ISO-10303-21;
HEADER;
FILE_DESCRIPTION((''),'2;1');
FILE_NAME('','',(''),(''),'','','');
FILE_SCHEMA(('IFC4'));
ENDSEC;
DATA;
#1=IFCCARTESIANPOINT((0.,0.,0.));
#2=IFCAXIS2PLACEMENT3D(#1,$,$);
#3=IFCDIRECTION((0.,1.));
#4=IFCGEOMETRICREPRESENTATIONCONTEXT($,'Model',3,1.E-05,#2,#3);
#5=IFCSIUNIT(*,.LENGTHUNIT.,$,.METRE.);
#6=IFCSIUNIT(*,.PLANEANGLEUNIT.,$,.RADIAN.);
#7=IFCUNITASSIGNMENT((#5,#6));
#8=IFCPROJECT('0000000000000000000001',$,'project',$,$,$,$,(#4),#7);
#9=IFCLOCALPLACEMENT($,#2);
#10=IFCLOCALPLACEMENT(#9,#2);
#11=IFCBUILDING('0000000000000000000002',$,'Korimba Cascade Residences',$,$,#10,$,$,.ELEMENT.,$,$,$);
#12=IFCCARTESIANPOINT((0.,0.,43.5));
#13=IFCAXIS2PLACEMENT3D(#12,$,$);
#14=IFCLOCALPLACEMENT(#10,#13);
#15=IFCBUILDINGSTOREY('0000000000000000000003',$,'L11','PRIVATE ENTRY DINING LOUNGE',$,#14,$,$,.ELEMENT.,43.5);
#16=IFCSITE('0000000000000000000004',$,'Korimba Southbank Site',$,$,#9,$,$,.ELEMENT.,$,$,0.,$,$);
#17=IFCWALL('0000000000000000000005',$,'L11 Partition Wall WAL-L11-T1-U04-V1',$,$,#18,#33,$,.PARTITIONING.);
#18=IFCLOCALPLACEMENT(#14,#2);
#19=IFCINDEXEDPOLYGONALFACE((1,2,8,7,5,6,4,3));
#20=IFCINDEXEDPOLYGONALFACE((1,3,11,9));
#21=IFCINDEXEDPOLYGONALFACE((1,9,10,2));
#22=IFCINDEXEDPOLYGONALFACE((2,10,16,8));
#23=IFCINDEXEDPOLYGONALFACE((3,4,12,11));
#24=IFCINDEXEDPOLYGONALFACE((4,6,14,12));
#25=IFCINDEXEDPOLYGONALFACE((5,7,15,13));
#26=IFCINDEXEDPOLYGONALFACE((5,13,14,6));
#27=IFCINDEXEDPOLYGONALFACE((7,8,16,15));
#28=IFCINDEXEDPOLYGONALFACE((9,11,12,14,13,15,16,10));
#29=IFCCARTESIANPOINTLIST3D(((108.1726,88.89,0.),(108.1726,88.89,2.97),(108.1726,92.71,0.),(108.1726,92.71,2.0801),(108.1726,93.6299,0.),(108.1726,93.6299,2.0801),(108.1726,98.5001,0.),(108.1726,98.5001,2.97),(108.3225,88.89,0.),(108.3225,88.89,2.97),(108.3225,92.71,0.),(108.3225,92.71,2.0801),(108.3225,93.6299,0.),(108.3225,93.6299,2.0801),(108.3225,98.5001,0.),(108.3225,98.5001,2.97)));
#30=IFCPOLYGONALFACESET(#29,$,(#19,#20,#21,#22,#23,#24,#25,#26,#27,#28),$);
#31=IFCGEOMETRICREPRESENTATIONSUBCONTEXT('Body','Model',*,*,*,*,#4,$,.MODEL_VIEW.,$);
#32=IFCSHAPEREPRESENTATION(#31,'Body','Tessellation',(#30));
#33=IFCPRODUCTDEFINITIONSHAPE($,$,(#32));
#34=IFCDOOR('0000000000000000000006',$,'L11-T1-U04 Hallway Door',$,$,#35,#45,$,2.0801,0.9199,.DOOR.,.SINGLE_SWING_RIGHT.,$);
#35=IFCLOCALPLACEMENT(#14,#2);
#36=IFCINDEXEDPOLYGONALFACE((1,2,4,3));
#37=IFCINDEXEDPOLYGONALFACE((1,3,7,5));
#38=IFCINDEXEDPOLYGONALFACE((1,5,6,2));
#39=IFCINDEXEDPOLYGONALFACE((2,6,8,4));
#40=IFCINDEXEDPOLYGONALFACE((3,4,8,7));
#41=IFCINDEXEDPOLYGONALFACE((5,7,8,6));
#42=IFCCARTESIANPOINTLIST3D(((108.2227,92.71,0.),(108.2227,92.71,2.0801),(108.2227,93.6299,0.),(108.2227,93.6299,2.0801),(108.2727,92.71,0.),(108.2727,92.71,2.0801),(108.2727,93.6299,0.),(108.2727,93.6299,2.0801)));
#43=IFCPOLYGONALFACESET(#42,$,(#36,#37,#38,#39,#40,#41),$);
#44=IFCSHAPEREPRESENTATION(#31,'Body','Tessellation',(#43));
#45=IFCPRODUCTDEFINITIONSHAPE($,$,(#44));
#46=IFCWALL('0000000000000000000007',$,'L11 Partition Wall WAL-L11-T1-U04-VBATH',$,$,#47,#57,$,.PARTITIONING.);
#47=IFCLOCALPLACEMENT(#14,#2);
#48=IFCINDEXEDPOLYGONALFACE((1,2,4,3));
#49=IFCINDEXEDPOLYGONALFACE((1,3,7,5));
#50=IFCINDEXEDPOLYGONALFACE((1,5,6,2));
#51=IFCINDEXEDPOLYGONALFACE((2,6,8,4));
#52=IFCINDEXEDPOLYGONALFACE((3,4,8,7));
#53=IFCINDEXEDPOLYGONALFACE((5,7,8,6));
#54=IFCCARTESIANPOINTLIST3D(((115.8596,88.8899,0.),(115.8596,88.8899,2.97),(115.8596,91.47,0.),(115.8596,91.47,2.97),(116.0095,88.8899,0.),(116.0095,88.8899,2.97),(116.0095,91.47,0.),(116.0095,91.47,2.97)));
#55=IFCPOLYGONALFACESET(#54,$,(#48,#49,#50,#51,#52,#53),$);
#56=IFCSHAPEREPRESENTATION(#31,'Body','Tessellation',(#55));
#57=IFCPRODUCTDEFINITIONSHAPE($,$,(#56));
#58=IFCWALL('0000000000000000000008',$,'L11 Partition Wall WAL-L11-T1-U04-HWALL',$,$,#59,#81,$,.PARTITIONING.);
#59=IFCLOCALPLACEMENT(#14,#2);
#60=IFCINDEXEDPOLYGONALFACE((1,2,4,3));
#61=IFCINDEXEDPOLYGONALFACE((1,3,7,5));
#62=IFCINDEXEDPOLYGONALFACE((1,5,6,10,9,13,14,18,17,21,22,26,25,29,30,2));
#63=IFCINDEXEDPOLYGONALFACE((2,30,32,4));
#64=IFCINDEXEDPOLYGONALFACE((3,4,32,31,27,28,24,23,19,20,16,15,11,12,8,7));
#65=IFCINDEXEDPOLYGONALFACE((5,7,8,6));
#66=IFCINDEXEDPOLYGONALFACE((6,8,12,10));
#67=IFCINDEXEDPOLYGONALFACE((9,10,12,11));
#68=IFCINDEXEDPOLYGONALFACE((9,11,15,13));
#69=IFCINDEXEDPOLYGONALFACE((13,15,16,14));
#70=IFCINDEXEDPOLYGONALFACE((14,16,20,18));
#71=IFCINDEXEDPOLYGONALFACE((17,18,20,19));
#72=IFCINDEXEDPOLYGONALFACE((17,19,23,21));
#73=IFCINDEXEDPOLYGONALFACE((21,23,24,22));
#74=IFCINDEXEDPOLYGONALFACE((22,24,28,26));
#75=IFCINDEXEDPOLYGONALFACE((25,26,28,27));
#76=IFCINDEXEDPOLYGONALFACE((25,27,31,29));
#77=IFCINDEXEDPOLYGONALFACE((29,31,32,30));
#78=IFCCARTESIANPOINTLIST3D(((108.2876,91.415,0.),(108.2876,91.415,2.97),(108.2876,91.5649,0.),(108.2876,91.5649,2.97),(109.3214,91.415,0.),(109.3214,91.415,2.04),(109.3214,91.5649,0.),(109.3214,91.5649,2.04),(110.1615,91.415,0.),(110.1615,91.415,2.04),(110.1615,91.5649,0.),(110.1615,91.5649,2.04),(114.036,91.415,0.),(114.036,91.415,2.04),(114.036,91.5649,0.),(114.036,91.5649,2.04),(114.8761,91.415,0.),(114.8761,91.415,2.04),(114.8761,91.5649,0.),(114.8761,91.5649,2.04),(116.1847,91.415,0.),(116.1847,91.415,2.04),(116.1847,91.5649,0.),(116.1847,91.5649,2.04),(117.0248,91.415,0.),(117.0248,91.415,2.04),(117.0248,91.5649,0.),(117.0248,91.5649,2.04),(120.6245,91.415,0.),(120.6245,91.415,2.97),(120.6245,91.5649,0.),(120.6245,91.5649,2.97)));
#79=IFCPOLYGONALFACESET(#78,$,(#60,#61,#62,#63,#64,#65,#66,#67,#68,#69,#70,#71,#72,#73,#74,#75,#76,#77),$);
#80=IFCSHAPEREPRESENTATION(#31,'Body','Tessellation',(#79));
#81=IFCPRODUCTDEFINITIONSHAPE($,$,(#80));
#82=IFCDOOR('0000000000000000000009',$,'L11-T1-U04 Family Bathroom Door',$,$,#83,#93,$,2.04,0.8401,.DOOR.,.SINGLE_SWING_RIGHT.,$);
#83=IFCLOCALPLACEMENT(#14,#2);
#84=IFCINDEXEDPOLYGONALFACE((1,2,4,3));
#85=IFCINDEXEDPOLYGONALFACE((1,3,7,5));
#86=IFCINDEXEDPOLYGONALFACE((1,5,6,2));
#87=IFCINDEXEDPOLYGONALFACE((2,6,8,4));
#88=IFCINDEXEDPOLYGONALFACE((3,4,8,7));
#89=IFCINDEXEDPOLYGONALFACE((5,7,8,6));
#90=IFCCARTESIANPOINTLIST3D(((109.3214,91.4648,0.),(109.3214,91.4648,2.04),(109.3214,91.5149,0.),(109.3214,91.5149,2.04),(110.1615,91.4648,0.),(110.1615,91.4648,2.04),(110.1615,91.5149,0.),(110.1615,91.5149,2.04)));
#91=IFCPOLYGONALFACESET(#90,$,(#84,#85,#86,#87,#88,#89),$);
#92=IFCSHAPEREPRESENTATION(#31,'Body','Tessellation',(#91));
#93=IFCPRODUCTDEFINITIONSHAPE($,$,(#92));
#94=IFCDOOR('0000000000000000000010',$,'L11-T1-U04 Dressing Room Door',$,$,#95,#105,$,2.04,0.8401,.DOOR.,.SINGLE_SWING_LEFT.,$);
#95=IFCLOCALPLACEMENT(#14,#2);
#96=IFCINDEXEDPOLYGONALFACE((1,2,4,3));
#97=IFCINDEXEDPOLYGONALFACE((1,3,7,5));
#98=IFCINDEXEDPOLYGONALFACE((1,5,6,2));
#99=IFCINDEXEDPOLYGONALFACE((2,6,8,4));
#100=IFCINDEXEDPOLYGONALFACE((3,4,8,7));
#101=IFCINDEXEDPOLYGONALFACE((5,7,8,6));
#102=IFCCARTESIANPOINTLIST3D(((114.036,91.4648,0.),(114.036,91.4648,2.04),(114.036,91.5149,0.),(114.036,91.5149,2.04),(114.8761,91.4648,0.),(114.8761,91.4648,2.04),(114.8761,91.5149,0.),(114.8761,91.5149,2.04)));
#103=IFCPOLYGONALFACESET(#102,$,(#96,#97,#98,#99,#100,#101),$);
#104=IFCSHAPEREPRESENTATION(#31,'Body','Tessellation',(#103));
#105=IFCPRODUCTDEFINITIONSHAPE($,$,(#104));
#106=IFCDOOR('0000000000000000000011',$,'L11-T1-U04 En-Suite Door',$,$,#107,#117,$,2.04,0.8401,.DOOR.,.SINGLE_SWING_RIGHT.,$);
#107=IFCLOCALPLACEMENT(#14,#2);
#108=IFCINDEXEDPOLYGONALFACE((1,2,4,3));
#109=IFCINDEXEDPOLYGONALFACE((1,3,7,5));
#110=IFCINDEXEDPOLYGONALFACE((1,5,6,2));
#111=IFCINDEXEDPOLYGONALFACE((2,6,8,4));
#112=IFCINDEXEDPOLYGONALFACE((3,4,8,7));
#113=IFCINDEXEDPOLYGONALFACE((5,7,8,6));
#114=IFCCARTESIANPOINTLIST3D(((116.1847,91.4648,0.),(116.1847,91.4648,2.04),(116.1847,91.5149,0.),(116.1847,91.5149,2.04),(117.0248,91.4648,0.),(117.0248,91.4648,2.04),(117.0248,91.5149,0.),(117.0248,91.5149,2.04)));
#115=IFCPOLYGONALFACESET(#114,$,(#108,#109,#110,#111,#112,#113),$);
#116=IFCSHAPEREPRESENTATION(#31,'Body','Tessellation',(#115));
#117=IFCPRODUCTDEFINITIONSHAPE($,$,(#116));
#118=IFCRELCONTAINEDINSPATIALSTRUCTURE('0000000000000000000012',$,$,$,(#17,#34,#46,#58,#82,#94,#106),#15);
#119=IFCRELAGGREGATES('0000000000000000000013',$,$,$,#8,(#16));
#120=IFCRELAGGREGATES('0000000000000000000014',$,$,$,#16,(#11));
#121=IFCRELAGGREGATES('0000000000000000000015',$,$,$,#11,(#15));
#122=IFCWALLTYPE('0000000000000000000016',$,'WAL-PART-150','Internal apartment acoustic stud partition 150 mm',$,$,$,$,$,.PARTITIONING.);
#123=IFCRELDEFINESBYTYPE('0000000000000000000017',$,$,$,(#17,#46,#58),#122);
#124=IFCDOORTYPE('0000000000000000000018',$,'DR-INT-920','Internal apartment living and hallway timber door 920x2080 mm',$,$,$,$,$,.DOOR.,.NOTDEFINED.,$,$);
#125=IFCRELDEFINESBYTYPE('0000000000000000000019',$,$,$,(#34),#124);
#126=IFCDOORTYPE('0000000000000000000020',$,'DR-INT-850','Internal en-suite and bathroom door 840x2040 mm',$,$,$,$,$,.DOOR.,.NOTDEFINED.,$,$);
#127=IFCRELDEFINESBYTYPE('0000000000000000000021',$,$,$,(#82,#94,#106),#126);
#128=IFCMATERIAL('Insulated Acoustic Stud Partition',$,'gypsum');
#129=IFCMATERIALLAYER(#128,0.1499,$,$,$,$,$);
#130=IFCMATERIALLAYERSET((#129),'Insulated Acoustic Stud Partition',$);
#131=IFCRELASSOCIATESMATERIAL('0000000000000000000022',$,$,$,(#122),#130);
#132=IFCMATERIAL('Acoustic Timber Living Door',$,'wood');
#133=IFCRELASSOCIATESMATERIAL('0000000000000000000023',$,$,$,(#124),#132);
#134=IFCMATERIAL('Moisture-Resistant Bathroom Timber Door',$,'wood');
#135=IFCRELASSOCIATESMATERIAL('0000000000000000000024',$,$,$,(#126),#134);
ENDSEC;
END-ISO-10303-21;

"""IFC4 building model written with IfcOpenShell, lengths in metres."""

from ifc_helpers import new_model, si_unit, direction, frame, frame_2d, origin, place, context, subcontext, project, spatial, rectangle, extrude, material, layer, layer_set, type_object, element, fill, save


model = new_model("IFC4")

# Units and contexts
model_context = context("Model", 3, precision=1e-05, world=origin(), true_north=direction((0.0, 1.0)))
body_context = subcontext(model_context, "Body", "Model", "MODEL_VIEW")
ifc_project = project(units=[si_unit("LENGTHUNIT", "METRE"), si_unit("PLANEANGLEUNIT", "RADIAN")], contexts=[model_context])

# Site, building, storey
site_placement = place(None, origin())
site = spatial("IfcSite", under=ifc_project, at=site_placement, Name="Korimba Southbank Site", CompositionType="ELEMENT", RefElevation=0.0)
building_placement = place(site_placement, origin())
building = spatial("IfcBuilding", under=site, at=building_placement, Name="Korimba Cascade Residences", CompositionType="ELEMENT")
storey_placement = place(building_placement, frame((0.0, 0.0, 43.5)))
storey = spatial("IfcBuildingStorey", under=building, at=storey_placement, Name="L11", Description="PRIVATE ENTRY DINING LOUNGE", CompositionType="ELEMENT", Elevation=43.5)

# Shared definitions
ifc_material_1 = material(Name="Insulated Acoustic Stud Partition", Category="gypsum")
ifc_layer = layer(ifc_material_1, 0.1499)
ifc_layer_set = layer_set([ifc_layer], Name="Insulated Acoustic Stud Partition")
wall_type = type_object("IfcWallType", Name="WAL-PART-150", Description="Internal apartment acoustic stud partition 150 mm", PredefinedType="PARTITIONING", material=ifc_layer_set)
ifc_material_2 = material(Name="Acoustic Timber Living Door", Category="wood")
door_type_1 = type_object("IfcDoorType", Name="DR-INT-920", Description="Internal apartment living and hallway timber door 920x2080 mm", OperationType="NOTDEFINED", PredefinedType="DOOR", material=ifc_material_2)

# Wall, opening, door
wall_1_placement = place(storey_placement, frame((108.2476, 88.8899, 0.0), z_axis=(0.0, 0.0, 1.0), x_axis=(0.0, 1.0, 0.0)))
wall_1 = element("IfcWall", 1, at=wall_1_placement, inside=storey, type_object=wall_type, Name="L11 Partition Wall WAL-L11-T1-U04-V1", PredefinedType="PARTITIONING", context=body_context, shape_type="SweptSolid", body=[
    extrude(rectangle(XDim=9.6101, YDim=0.1499, at=frame_2d((4.8052, 0.0))), origin(), (0.0, 0.0, 1.0), 2.97),
])
opening_1_placement = place(wall_1_placement, frame((3.8201, 0.0, 0.0)))
opening_1 = element("IfcOpeningElement", 2, at=opening_1_placement, cuts=wall_1, PredefinedType="OPENING", context=body_context, shape_type="SweptSolid", body=[
    extrude(rectangle(XDim=0.9199, YDim=2.0801, at=frame_2d((0.46, 1.04))), frame((0.0, 0.085, 0.0), z_axis=(0.0, -1.0, 0.0), x_axis=(1.0, 0.0, 0.0)), (0.0, 0.0, 1.0), 0.1699),
])
door_1_placement = place(opening_1_placement, origin())
door_1 = element("IfcDoor", 3, at=door_1_placement, inside=storey, type_object=door_type_1, Name="L11-T1-U04 Hallway Door", OperationType="SINGLE_SWING_RIGHT", OverallHeight=2.0801, OverallWidth=0.9199, PredefinedType="DOOR", context=body_context, shape_type="SweptSolid", body=[
    extrude(rectangle(XDim=0.9199, YDim=2.0801, at=frame_2d((0.46, 1.04))), frame((0.0, 0.0249, 0.0), z_axis=(0.0, -1.0, 0.0), x_axis=(1.0, 0.0, 0.0)), (0.0, 0.0, 1.0), 0.05),
])
fill(opening_1, door_1)

# Wall
wall_2_placement = place(storey_placement, frame((115.9346, 88.8899, 0.0), z_axis=(0.0, 0.0, 1.0), x_axis=(0.0, 1.0, 0.0)))
element("IfcWall", 4, at=wall_2_placement, inside=storey, type_object=wall_type, Name="L11 Partition Wall WAL-L11-T1-U04-VBATH", PredefinedType="PARTITIONING", context=body_context, shape_type="SweptSolid", body=[
    extrude(rectangle(XDim=2.5801, YDim=0.1499, at=frame_2d((1.29, 0.0))), origin(), (0.0, 0.0, 1.0), 2.97),
])

# Wall, openings, doors
wall_3_placement = place(storey_placement, frame((108.2876, 91.49, 0.0), z_axis=(0.0, 0.0, 1.0), x_axis=(1.0, 0.0, 0.0)))
wall_3 = element("IfcWall", 5, at=wall_3_placement, inside=storey, type_object=wall_type, Name="L11 Partition Wall WAL-L11-T1-U04-HWALL", PredefinedType="PARTITIONING", context=body_context, shape_type="SweptSolid", body=[
    extrude(rectangle(XDim=12.3369, YDim=0.1499, at=frame_2d((6.1685, 0.0))), origin(), (0.0, 0.0, 1.0), 2.97),
])
opening_2_placement = place(wall_3_placement, frame((1.0339, 0.0, 0.0)))
opening_2 = element("IfcOpeningElement", 6, at=opening_2_placement, cuts=wall_3, PredefinedType="OPENING", context=body_context, shape_type="SweptSolid", body=[
    extrude(rectangle(XDim=0.8401, YDim=2.04, at=frame_2d((0.4199, 1.02))), frame((0.0, 0.085, 0.0), z_axis=(0.0, -1.0, 0.0), x_axis=(1.0, 0.0, 0.0)), (0.0, 0.0, 1.0), 0.1699),
])
opening_3_placement = place(wall_3_placement, frame((5.7485, 0.0, 0.0)))
opening_3 = element("IfcOpeningElement", 7, at=opening_3_placement, cuts=wall_3, PredefinedType="OPENING", context=body_context, shape_type="SweptSolid", body=[
    extrude(rectangle(XDim=0.8401, YDim=2.04, at=frame_2d((0.4199, 1.02))), frame((0.0, 0.085, 0.0), z_axis=(0.0, -1.0, 0.0), x_axis=(1.0, 0.0, 0.0)), (0.0, 0.0, 1.0), 0.1699),
])
opening_4_placement = place(wall_3_placement, frame((7.8972, 0.0, 0.0)))
opening_4 = element("IfcOpeningElement", 8, at=opening_4_placement, cuts=wall_3, PredefinedType="OPENING", context=body_context, shape_type="SweptSolid", body=[
    extrude(rectangle(XDim=0.8401, YDim=2.04, at=frame_2d((0.4199, 1.02))), frame((0.0, 0.085, 0.0), z_axis=(0.0, -1.0, 0.0), x_axis=(1.0, 0.0, 0.0)), (0.0, 0.0, 1.0), 0.1699),
])
ifc_material_3 = material(Name="Moisture-Resistant Bathroom Timber Door", Category="wood")
door_type_2 = type_object("IfcDoorType", Name="DR-INT-850", Description="Internal en-suite and bathroom door 840x2040 mm", OperationType="NOTDEFINED", PredefinedType="DOOR", material=ifc_material_3)
door_2_placement = place(opening_2_placement, origin())
door_2 = element("IfcDoor", 9, at=door_2_placement, inside=storey, type_object=door_type_2, Name="L11-T1-U04 Family Bathroom Door", OperationType="SINGLE_SWING_RIGHT", OverallHeight=2.04, OverallWidth=0.8401, PredefinedType="DOOR", context=body_context, shape_type="SweptSolid", body=[
    extrude(rectangle(XDim=0.8401, YDim=2.04, at=frame_2d((0.4199, 1.02))), frame((0.0, 0.0249, 0.0), z_axis=(0.0, -1.0, 0.0), x_axis=(1.0, 0.0, 0.0)), (0.0, 0.0, 1.0), 0.05),
])
fill(opening_2, door_2)
door_3_placement = place(opening_3_placement, origin())
door_3 = element("IfcDoor", 10, at=door_3_placement, inside=storey, type_object=door_type_2, Name="L11-T1-U04 Dressing Room Door", OperationType="SINGLE_SWING_LEFT", OverallHeight=2.04, OverallWidth=0.8401, PredefinedType="DOOR", context=body_context, shape_type="SweptSolid", body=[
    extrude(rectangle(XDim=0.8401, YDim=2.04, at=frame_2d((0.4199, 1.02))), frame((0.0, 0.0249, 0.0), z_axis=(0.0, -1.0, 0.0), x_axis=(1.0, 0.0, 0.0)), (0.0, 0.0, 1.0), 0.05),
])
fill(opening_3, door_3)
door_4_placement = place(opening_4_placement, origin())
door_4 = element("IfcDoor", 11, at=door_4_placement, inside=storey, type_object=door_type_2, Name="L11-T1-U04 En-Suite Door", OperationType="SINGLE_SWING_RIGHT", OverallHeight=2.04, OverallWidth=0.8401, PredefinedType="DOOR", context=body_context, shape_type="SweptSolid", body=[
    extrude(rectangle(XDim=0.8401, YDim=2.04, at=frame_2d((0.4199, 1.02))), frame((0.0, 0.0249, 0.0), z_axis=(0.0, -1.0, 0.0), x_axis=(1.0, 0.0, 0.0)), (0.0, 0.0, 1.0), 0.05),
])
fill(opening_4, door_4)

save(model, "model.ifc")
